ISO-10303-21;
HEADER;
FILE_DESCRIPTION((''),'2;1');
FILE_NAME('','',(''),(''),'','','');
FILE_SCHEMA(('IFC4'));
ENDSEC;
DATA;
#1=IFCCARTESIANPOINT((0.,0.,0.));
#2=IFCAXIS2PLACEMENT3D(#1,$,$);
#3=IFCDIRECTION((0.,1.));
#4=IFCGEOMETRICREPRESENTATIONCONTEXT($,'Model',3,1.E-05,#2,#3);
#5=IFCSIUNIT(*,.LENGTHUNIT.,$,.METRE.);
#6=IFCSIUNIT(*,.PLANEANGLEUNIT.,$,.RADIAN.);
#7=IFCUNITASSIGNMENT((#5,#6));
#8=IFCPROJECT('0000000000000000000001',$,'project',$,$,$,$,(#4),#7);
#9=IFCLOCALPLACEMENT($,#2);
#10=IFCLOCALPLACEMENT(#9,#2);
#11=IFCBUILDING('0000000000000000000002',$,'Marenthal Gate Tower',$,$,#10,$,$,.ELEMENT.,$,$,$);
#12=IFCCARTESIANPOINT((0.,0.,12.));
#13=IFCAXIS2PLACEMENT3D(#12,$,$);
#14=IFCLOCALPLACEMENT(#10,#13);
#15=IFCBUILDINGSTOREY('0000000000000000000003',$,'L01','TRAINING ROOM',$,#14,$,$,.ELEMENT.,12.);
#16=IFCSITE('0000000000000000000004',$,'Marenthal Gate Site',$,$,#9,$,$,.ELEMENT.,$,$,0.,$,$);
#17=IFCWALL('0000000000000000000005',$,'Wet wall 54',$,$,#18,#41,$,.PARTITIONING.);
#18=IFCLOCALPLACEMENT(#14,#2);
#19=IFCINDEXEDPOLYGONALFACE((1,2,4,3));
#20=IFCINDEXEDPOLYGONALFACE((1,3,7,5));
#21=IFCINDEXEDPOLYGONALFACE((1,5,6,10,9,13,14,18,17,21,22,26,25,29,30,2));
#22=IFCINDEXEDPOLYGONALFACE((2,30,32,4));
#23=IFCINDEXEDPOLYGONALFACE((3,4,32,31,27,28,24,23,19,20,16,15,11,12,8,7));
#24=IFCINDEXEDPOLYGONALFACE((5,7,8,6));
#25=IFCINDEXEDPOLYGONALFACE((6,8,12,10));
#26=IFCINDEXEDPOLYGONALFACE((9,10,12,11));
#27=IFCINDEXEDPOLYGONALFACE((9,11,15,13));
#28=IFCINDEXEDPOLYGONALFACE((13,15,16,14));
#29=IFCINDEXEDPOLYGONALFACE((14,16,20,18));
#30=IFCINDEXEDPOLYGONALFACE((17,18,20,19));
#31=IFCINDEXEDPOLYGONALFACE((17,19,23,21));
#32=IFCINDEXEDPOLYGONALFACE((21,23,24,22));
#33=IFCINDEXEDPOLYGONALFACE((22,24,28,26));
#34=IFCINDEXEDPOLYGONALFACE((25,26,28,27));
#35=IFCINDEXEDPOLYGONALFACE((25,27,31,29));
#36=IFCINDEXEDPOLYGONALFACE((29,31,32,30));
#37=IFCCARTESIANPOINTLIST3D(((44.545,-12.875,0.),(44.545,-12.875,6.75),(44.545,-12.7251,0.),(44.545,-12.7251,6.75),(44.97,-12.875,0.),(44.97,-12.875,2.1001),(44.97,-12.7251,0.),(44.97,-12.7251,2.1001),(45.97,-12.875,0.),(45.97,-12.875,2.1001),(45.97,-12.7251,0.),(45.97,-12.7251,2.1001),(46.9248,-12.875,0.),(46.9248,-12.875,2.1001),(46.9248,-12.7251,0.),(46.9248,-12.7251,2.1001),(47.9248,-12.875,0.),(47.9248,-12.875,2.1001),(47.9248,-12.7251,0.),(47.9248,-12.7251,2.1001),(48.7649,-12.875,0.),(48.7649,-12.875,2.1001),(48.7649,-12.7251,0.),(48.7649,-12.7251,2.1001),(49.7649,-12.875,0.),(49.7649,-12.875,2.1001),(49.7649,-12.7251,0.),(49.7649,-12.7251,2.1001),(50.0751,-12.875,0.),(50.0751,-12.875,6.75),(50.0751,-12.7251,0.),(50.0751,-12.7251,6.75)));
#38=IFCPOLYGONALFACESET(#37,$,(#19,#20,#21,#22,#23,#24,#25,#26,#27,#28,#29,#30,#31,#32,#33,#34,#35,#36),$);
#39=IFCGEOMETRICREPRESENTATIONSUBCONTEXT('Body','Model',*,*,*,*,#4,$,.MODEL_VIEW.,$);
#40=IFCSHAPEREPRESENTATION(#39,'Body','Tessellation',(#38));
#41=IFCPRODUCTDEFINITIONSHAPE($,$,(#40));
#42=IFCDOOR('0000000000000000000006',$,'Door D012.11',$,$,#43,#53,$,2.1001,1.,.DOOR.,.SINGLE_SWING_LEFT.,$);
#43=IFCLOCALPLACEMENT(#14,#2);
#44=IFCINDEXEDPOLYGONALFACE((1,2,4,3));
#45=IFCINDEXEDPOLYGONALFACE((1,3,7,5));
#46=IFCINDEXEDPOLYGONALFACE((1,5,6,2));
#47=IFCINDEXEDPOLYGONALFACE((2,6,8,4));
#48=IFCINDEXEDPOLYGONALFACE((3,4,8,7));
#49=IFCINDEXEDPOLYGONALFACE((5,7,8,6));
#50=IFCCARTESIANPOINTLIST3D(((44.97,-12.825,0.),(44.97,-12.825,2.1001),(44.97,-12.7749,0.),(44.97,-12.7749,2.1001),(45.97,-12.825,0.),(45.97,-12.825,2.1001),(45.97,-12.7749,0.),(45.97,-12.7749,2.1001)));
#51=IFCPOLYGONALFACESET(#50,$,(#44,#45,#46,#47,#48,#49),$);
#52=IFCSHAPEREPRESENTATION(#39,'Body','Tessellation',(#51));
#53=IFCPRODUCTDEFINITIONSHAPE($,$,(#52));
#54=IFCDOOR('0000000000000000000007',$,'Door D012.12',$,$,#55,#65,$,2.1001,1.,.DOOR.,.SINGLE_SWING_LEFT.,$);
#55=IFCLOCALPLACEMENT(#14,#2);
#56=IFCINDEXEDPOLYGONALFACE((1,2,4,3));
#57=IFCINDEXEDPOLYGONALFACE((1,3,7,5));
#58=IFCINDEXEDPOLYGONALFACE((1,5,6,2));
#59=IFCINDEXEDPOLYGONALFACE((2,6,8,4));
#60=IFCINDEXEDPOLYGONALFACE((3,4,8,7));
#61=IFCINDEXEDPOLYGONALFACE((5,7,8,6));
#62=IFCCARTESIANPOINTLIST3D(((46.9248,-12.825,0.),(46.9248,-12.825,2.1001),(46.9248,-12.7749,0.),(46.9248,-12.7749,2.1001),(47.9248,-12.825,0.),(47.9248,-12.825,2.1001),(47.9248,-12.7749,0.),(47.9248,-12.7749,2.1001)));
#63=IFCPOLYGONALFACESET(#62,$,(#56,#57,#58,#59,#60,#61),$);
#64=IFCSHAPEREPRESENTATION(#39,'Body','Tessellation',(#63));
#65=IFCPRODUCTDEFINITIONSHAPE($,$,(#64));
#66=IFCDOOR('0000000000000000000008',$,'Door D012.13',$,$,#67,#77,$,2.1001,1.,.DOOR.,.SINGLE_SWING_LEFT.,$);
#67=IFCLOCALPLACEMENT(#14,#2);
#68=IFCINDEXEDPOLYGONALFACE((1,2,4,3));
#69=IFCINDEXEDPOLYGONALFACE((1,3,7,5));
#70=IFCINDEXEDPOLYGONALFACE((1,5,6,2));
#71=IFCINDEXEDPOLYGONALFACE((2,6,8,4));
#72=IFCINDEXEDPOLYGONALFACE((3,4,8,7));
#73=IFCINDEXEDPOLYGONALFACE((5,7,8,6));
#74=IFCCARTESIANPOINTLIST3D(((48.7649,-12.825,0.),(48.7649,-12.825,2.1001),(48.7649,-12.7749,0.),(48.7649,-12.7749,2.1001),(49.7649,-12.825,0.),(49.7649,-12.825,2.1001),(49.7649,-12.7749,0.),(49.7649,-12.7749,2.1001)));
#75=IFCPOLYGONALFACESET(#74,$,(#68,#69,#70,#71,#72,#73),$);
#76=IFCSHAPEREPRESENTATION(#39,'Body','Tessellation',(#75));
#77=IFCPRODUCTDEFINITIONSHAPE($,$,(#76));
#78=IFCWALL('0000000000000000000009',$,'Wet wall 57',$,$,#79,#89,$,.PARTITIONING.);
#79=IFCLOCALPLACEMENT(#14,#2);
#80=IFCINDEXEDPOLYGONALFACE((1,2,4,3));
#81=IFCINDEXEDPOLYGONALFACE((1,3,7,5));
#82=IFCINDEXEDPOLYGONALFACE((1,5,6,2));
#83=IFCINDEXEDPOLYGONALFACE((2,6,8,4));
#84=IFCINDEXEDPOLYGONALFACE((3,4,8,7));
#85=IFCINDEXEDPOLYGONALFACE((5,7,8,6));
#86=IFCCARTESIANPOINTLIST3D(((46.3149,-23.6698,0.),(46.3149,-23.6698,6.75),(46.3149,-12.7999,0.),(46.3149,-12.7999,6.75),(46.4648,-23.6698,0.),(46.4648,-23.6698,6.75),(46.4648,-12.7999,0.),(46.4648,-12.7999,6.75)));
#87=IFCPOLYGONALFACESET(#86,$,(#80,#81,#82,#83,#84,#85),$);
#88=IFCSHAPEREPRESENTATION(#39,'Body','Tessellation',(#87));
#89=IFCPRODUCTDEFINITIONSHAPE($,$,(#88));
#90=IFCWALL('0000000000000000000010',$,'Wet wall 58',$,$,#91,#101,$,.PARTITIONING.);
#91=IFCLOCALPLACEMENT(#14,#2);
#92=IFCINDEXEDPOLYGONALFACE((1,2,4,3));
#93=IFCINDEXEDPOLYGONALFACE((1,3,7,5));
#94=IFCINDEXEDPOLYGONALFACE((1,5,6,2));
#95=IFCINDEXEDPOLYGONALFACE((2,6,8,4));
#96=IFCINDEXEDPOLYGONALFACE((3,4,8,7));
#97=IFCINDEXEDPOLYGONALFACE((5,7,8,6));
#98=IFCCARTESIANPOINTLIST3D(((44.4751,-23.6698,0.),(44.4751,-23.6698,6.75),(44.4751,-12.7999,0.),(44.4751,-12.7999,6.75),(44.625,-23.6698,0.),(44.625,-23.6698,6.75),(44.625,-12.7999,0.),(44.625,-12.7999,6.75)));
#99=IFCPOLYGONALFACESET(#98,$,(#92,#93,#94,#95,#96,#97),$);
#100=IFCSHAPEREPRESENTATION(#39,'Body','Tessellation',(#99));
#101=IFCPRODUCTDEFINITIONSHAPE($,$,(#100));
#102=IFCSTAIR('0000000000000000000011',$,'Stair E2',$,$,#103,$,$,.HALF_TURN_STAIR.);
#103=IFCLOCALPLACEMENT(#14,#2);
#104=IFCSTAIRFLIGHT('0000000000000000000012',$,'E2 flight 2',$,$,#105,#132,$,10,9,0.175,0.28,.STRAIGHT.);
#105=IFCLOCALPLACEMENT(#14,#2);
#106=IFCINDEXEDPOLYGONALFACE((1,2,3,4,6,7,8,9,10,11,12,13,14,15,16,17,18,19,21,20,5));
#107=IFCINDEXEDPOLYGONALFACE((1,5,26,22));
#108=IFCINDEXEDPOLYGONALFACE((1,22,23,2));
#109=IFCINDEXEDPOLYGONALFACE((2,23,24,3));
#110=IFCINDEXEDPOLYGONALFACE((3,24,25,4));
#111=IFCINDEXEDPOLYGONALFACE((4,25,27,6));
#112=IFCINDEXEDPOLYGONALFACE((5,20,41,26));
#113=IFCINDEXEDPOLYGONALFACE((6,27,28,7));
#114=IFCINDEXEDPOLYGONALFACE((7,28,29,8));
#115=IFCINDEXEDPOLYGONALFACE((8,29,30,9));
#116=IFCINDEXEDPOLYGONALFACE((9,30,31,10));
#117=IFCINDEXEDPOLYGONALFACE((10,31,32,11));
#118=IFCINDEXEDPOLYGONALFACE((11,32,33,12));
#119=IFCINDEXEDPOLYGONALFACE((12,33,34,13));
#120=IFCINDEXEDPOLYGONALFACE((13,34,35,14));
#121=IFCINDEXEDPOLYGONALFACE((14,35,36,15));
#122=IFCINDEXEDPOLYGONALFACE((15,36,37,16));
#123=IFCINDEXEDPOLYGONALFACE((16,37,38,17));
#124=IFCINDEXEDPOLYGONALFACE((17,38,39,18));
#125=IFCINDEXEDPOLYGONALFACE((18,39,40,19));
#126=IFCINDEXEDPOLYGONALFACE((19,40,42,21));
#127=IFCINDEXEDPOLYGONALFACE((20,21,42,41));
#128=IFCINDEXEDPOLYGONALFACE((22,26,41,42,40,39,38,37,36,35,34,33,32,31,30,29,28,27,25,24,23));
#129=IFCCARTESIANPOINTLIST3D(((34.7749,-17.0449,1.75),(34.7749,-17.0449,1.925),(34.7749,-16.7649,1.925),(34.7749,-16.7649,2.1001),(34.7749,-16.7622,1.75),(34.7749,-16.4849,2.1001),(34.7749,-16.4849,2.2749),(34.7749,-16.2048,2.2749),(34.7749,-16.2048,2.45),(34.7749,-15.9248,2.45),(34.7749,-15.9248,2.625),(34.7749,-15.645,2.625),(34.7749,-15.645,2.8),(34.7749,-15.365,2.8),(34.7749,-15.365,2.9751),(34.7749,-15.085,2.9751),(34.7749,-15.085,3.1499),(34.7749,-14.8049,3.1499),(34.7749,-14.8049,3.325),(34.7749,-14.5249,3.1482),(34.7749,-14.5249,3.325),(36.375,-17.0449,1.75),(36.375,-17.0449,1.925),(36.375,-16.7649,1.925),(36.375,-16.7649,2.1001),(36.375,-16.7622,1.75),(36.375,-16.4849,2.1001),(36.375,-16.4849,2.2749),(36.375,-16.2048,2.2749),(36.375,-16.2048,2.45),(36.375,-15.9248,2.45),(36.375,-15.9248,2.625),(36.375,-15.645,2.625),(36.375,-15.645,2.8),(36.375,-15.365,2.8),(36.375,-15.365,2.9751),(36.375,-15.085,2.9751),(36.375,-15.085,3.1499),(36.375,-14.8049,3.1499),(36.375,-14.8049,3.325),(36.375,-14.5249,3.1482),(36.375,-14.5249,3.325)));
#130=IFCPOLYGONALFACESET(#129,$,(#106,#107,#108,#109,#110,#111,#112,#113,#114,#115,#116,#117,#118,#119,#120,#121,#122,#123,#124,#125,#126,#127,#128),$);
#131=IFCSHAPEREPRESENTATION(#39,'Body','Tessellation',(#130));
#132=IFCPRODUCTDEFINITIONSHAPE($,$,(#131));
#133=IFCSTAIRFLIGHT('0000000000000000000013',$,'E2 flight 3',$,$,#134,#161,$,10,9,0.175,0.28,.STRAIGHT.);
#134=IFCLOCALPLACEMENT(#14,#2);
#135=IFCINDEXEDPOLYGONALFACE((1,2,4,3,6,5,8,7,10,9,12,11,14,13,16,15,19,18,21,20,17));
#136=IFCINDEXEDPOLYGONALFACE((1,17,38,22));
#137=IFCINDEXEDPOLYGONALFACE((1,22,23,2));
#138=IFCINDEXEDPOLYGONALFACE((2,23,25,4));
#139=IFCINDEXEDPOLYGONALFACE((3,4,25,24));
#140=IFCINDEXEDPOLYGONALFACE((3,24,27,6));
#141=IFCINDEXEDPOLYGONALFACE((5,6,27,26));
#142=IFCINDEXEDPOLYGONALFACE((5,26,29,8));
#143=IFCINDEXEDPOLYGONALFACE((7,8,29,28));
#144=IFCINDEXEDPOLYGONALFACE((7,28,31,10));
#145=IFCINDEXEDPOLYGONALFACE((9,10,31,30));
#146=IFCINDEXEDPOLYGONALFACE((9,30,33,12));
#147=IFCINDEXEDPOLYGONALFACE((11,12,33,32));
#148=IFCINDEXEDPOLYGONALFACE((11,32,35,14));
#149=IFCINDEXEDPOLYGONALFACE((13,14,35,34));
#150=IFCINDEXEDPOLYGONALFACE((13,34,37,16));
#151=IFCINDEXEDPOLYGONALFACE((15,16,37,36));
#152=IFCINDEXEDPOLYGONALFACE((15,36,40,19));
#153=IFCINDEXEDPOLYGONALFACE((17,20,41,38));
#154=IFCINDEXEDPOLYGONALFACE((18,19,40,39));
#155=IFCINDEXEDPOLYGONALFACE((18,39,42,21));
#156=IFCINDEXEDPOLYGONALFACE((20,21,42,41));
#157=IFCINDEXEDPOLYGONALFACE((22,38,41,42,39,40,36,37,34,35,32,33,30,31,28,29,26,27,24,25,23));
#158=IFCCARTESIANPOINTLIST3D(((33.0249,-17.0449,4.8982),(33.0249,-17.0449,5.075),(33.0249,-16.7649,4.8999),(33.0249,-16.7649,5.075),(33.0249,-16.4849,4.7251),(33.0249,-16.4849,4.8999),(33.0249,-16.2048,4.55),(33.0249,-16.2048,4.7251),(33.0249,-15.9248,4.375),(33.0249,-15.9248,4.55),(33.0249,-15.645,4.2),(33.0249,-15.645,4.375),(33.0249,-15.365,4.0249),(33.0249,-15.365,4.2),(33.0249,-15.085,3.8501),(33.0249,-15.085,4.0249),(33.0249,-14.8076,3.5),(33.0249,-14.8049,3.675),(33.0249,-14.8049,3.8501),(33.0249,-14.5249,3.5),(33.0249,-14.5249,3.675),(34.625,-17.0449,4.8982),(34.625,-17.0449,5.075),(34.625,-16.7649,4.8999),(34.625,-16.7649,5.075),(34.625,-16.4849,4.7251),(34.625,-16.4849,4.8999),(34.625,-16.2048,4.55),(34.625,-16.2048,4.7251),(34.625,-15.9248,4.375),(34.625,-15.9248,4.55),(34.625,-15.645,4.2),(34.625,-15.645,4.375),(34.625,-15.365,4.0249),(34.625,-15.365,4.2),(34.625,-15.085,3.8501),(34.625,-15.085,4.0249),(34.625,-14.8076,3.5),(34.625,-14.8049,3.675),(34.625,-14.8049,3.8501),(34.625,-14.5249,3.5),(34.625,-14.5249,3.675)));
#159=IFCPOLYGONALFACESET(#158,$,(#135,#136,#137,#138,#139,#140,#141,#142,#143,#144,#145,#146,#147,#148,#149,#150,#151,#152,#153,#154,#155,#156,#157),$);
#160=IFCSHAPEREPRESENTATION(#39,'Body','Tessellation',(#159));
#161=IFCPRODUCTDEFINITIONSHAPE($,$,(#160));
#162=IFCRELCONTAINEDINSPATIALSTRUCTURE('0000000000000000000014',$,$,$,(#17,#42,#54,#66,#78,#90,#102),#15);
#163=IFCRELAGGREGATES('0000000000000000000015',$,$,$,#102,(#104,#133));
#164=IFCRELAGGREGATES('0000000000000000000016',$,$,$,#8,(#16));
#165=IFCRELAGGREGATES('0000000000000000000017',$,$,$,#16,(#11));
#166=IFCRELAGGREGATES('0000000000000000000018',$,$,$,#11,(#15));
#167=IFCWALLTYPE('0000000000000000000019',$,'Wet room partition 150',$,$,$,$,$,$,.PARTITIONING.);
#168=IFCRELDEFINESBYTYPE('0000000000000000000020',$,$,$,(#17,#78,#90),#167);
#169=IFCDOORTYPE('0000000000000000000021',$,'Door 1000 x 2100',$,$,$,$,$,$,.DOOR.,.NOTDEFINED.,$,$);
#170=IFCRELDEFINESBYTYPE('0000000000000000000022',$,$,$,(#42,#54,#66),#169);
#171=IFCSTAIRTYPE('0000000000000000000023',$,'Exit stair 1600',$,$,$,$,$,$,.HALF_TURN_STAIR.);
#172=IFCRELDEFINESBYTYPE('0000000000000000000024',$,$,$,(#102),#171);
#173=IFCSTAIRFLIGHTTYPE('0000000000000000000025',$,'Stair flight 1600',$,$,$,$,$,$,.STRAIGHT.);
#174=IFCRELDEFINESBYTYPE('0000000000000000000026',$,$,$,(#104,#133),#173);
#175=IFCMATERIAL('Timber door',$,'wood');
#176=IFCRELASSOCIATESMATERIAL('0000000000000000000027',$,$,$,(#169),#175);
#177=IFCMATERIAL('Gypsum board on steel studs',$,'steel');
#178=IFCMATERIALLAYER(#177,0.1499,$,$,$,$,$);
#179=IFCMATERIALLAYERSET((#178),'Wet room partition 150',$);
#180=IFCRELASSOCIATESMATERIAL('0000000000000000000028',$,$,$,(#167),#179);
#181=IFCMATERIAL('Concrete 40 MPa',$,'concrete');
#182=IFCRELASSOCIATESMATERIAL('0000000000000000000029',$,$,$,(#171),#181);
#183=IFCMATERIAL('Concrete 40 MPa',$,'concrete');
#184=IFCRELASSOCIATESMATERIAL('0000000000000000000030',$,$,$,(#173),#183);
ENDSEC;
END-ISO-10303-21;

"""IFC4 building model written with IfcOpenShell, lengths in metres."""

from ifc_helpers import new_model, si_unit, direction, frame, frame_2d, origin, place, context, subcontext, project, spatial, polyline, rectangle, outline, extrude, material, layer, layer_set, type_object, element, fill, aggregate, save


model = new_model("IFC4")

# Units and contexts
model_context = context("Model", 3, precision=1e-05, world=origin(), true_north=direction((0.0, 1.0)))
body_context = subcontext(model_context, "Body", "Model", "MODEL_VIEW")
ifc_project = project(units=[si_unit("LENGTHUNIT", "METRE"), si_unit("PLANEANGLEUNIT", "RADIAN")], contexts=[model_context])

# Site, building, storey
site_placement = place(None, origin())
site = spatial("IfcSite", under=ifc_project, at=site_placement, Name="Marenthal Gate Site", CompositionType="ELEMENT", RefElevation=0.0)
building_placement = place(site_placement, origin())
building = spatial("IfcBuilding", under=site, at=building_placement, Name="Marenthal Gate Tower", CompositionType="ELEMENT")
storey_placement = place(building_placement, frame((0.0, 0.0, 12.0)))
storey = spatial("IfcBuildingStorey", under=building, at=storey_placement, Name="L01", Description="TRAINING ROOM", CompositionType="ELEMENT", Elevation=12.0)

# Shared definitions
ifc_material_1 = material(Name="Timber door", Category="wood")
door_type = type_object("IfcDoorType", Name="Door 1000 x 2100", OperationType="NOTDEFINED", PredefinedType="DOOR", material=ifc_material_1)

# Wall, openings, doors
ifc_material_2 = material(Name="Gypsum board on steel studs", Category="steel")
ifc_layer_1 = layer(ifc_material_2, 0.1499)
ifc_layer_set_1 = layer_set([ifc_layer_1], Name="Wet room partition 150")
wall_type_1 = type_object("IfcWallType", Name="Wet room partition 150", PredefinedType="PARTITIONING", material=ifc_layer_set_1)
wall_1_placement = place(storey_placement, frame((44.5449, -12.8, 0.0), z_axis=(0.0, 0.0, 1.0), x_axis=(1.0, 0.0, 0.0)))
wall_1 = element("IfcWall", 1, at=wall_1_placement, inside=storey, type_object=wall_type_1, Name="Wet wall 54", PredefinedType="PARTITIONING", context=body_context, shape_type="SweptSolid", body=[
    extrude(rectangle(XDim=5.53, YDim=0.1499, at=frame_2d((2.7651, 0.0))), origin(), (0.0, 0.0, 1.0), 6.75),
])
opening_1_placement = place(wall_1_placement, frame((0.425, 0.0, 0.0)))
opening_1 = element("IfcOpeningElement", 2, at=opening_1_placement, cuts=wall_1, PredefinedType="OPENING", context=body_context, shape_type="SweptSolid", body=[
    extrude(rectangle(XDim=1.0, YDim=2.1001, at=frame_2d((0.5, 1.05))), frame((0.0, 0.085, 0.0), z_axis=(0.0, -1.0, 0.0), x_axis=(1.0, 0.0, 0.0)), (0.0, 0.0, 1.0), 0.1699),
])
opening_2_placement = place(wall_1_placement, frame((2.3799, 0.0, 0.0)))
opening_2 = element("IfcOpeningElement", 3, at=opening_2_placement, cuts=wall_1, PredefinedType="OPENING", context=body_context, shape_type="SweptSolid", body=[
    extrude(rectangle(XDim=1.0, YDim=2.1001, at=frame_2d((0.5, 1.05))), frame((0.0, 0.085, 0.0), z_axis=(0.0, -1.0, 0.0), x_axis=(1.0, 0.0, 0.0)), (0.0, 0.0, 1.0), 0.1699),
])
opening_3_placement = place(wall_1_placement, frame((4.22, 0.0, 0.0)))
opening_3 = element("IfcOpeningElement", 4, at=opening_3_placement, cuts=wall_1, PredefinedType="OPENING", context=body_context, shape_type="SweptSolid", body=[
    extrude(rectangle(XDim=1.0, YDim=2.1001, at=frame_2d((0.5, 1.05))), frame((0.0, 0.085, 0.0), z_axis=(0.0, -1.0, 0.0), x_axis=(1.0, 0.0, 0.0)), (0.0, 0.0, 1.0), 0.1699),
])
door_1_placement = place(opening_1_placement, frame((1.0, 0.0, 0.0), z_axis=(0.0, 0.0, 1.0), x_axis=(-1.0, 0.0, 0.0)))
door_1 = element("IfcDoor", 5, at=door_1_placement, inside=storey, type_object=door_type, Name="Door D012.11", OperationType="SINGLE_SWING_LEFT", OverallHeight=2.1001, OverallWidth=1.0, PredefinedType="DOOR", context=body_context, shape_type="SweptSolid", body=[
    extrude(rectangle(XDim=1.0, YDim=2.1001, at=frame_2d((0.5, 1.05))), frame((0.0, 0.0249, 0.0), z_axis=(0.0, -1.0, 0.0), x_axis=(1.0, 0.0, 0.0)), (0.0, 0.0, 1.0), 0.05),
])
fill(opening_1, door_1)
door_2_placement = place(opening_2_placement, frame((1.0, 0.0, 0.0), z_axis=(0.0, 0.0, 1.0), x_axis=(-1.0, 0.0, 0.0)))
door_2 = element("IfcDoor", 6, at=door_2_placement, inside=storey, type_object=door_type, Name="Door D012.12", OperationType="SINGLE_SWING_LEFT", OverallHeight=2.1001, OverallWidth=1.0, PredefinedType="DOOR", context=body_context, shape_type="SweptSolid", body=[
    extrude(rectangle(XDim=1.0, YDim=2.1001, at=frame_2d((0.5, 1.05))), frame((0.0, 0.0249, 0.0), z_axis=(0.0, -1.0, 0.0), x_axis=(1.0, 0.0, 0.0)), (0.0, 0.0, 1.0), 0.05),
])
fill(opening_2, door_2)
door_3_placement = place(opening_3_placement, frame((1.0, 0.0, 0.0), z_axis=(0.0, 0.0, 1.0), x_axis=(-1.0, 0.0, 0.0)))
door_3 = element("IfcDoor", 7, at=door_3_placement, inside=storey, type_object=door_type, Name="Door D012.13", OperationType="SINGLE_SWING_LEFT", OverallHeight=2.1001, OverallWidth=1.0, PredefinedType="DOOR", context=body_context, shape_type="SweptSolid", body=[
    extrude(rectangle(XDim=1.0, YDim=2.1001, at=frame_2d((0.5, 1.05))), frame((0.0, 0.0249, 0.0), z_axis=(0.0, -1.0, 0.0), x_axis=(1.0, 0.0, 0.0)), (0.0, 0.0, 1.0), 0.05),
])
fill(opening_3, door_3)

# Walls
for number, where, z_axis, x_axis, name in (
    (8, (46.3899, -23.6699, 0.0), (0.0, 0.0, 1.0), (0.0, 1.0, 0.0), "Wet wall 57"),
    (9, (44.55, -23.6699, 0.0), (0.0, 0.0, 1.0), (0.0, 1.0, 0.0), "Wet wall 58"),
):
    element("IfcWall", number, at=place(storey_placement, frame(where, z_axis=z_axis, x_axis=x_axis)), inside=storey, type_object=wall_type_1, Name=name, PredefinedType="PARTITIONING", context=body_context, shape_type="SweptSolid", body=[
        extrude(rectangle(XDim=10.8699, YDim=0.1499, at=frame_2d((5.4351, 0.0))), origin(), (0.0, 0.0, 1.0), 6.75),
    ])

# Stair, stair flights
ifc_material_3 = material(Name="Concrete 40 MPa", Category="concrete")
stair_type = type_object("IfcStairType", Name="Exit stair 1600", PredefinedType="HALF_TURN_STAIR", material=ifc_material_3)
stair_placement = place(storey_placement, origin())
stair = element("IfcStair", 10, at=stair_placement, inside=storey, type_object=stair_type, Name="Stair E2", PredefinedType="HALF_TURN_STAIR")
ifc_material_4 = material(Name="Concrete 40 MPa", Category="concrete")
stair_flight_type = type_object("IfcStairFlightType", Name="Stair flight 1600", PredefinedType="STRAIGHT", material=ifc_material_4)
stair_flight_1_placement = place(storey_placement, frame((35.575, -17.0449, 1.75), z_axis=(0.0, 0.0, 1.0), x_axis=(0.0, 1.0, 0.0)))
stair_flight_1 = element("IfcStairFlight", 11, at=stair_flight_1_placement, type_object=stair_flight_type, Name="E2 flight 2", NumberOfRisers=10, NumberOfTreads=9, PredefinedType="STRAIGHT", RiserHeight=0.175, TreadLength=0.28, context=body_context, shape_type="SweptSolid", body=[
    extrude(outline(polyline([(0.0, 0.0), (0.0, 0.175), (0.28, 0.175), (0.28, 0.3501), (0.5601, 0.3501), (0.5601, 0.5249), (0.8401, 0.5249), (0.8401, 0.7), (1.1201, 0.7), (1.1201, 0.875), (1.3999, 0.875), (1.3999, 1.05), (1.6799, 1.05), (1.6799, 1.2251), (1.96, 1.2251), (1.96, 1.3999), (2.24, 1.3999), (2.24, 1.575), (2.52, 1.575), (2.52, 1.75), (2.52, 1.3982), (0.2827, 0.0), (0.0, 0.0)])), frame((0.0, 0.8, 0.0), z_axis=(0.0, -1.0, 0.0), x_axis=(1.0, 0.0, 0.0)), (0.0, 0.0, 1.0), 1.6001),
])
stair_flight_2_placement = place(storey_placement, frame((33.825, -14.5249, 3.5), z_axis=(0.0, 0.0, 1.0), x_axis=(0.0, -1.0, 0.0)))
stair_flight_2 = element("IfcStairFlight", 12, at=stair_flight_2_placement, type_object=stair_flight_type, Name="E2 flight 3", NumberOfRisers=10, NumberOfTreads=9, PredefinedType="STRAIGHT", RiserHeight=0.175, TreadLength=0.28, context=body_context, shape_type="SweptSolid", body=[
    extrude(outline(polyline([(0.0, 0.0), (0.0, 0.175), (0.28, 0.175), (0.28, 0.3501), (0.5601, 0.3501), (0.5601, 0.5249), (0.8401, 0.5249), (0.8401, 0.7), (1.1201, 0.7), (1.1201, 0.875), (1.3999, 0.875), (1.3999, 1.05), (1.6799, 1.05), (1.6799, 1.2251), (1.96, 1.2251), (1.96, 1.3999), (2.24, 1.3999), (2.24, 1.575), (2.52, 1.575), (2.52, 1.75), (2.52, 1.3982), (0.2827, 0.0), (0.0, 0.0)])), frame((0.0, 0.8, 0.0), z_axis=(0.0, -1.0, 0.0), x_axis=(1.0, 0.0, 0.0)), (0.0, 0.0, 1.0), 1.6001),
])
aggregate(stair, [stair_flight_1, stair_flight_2])

save(model, "model.ifc")
